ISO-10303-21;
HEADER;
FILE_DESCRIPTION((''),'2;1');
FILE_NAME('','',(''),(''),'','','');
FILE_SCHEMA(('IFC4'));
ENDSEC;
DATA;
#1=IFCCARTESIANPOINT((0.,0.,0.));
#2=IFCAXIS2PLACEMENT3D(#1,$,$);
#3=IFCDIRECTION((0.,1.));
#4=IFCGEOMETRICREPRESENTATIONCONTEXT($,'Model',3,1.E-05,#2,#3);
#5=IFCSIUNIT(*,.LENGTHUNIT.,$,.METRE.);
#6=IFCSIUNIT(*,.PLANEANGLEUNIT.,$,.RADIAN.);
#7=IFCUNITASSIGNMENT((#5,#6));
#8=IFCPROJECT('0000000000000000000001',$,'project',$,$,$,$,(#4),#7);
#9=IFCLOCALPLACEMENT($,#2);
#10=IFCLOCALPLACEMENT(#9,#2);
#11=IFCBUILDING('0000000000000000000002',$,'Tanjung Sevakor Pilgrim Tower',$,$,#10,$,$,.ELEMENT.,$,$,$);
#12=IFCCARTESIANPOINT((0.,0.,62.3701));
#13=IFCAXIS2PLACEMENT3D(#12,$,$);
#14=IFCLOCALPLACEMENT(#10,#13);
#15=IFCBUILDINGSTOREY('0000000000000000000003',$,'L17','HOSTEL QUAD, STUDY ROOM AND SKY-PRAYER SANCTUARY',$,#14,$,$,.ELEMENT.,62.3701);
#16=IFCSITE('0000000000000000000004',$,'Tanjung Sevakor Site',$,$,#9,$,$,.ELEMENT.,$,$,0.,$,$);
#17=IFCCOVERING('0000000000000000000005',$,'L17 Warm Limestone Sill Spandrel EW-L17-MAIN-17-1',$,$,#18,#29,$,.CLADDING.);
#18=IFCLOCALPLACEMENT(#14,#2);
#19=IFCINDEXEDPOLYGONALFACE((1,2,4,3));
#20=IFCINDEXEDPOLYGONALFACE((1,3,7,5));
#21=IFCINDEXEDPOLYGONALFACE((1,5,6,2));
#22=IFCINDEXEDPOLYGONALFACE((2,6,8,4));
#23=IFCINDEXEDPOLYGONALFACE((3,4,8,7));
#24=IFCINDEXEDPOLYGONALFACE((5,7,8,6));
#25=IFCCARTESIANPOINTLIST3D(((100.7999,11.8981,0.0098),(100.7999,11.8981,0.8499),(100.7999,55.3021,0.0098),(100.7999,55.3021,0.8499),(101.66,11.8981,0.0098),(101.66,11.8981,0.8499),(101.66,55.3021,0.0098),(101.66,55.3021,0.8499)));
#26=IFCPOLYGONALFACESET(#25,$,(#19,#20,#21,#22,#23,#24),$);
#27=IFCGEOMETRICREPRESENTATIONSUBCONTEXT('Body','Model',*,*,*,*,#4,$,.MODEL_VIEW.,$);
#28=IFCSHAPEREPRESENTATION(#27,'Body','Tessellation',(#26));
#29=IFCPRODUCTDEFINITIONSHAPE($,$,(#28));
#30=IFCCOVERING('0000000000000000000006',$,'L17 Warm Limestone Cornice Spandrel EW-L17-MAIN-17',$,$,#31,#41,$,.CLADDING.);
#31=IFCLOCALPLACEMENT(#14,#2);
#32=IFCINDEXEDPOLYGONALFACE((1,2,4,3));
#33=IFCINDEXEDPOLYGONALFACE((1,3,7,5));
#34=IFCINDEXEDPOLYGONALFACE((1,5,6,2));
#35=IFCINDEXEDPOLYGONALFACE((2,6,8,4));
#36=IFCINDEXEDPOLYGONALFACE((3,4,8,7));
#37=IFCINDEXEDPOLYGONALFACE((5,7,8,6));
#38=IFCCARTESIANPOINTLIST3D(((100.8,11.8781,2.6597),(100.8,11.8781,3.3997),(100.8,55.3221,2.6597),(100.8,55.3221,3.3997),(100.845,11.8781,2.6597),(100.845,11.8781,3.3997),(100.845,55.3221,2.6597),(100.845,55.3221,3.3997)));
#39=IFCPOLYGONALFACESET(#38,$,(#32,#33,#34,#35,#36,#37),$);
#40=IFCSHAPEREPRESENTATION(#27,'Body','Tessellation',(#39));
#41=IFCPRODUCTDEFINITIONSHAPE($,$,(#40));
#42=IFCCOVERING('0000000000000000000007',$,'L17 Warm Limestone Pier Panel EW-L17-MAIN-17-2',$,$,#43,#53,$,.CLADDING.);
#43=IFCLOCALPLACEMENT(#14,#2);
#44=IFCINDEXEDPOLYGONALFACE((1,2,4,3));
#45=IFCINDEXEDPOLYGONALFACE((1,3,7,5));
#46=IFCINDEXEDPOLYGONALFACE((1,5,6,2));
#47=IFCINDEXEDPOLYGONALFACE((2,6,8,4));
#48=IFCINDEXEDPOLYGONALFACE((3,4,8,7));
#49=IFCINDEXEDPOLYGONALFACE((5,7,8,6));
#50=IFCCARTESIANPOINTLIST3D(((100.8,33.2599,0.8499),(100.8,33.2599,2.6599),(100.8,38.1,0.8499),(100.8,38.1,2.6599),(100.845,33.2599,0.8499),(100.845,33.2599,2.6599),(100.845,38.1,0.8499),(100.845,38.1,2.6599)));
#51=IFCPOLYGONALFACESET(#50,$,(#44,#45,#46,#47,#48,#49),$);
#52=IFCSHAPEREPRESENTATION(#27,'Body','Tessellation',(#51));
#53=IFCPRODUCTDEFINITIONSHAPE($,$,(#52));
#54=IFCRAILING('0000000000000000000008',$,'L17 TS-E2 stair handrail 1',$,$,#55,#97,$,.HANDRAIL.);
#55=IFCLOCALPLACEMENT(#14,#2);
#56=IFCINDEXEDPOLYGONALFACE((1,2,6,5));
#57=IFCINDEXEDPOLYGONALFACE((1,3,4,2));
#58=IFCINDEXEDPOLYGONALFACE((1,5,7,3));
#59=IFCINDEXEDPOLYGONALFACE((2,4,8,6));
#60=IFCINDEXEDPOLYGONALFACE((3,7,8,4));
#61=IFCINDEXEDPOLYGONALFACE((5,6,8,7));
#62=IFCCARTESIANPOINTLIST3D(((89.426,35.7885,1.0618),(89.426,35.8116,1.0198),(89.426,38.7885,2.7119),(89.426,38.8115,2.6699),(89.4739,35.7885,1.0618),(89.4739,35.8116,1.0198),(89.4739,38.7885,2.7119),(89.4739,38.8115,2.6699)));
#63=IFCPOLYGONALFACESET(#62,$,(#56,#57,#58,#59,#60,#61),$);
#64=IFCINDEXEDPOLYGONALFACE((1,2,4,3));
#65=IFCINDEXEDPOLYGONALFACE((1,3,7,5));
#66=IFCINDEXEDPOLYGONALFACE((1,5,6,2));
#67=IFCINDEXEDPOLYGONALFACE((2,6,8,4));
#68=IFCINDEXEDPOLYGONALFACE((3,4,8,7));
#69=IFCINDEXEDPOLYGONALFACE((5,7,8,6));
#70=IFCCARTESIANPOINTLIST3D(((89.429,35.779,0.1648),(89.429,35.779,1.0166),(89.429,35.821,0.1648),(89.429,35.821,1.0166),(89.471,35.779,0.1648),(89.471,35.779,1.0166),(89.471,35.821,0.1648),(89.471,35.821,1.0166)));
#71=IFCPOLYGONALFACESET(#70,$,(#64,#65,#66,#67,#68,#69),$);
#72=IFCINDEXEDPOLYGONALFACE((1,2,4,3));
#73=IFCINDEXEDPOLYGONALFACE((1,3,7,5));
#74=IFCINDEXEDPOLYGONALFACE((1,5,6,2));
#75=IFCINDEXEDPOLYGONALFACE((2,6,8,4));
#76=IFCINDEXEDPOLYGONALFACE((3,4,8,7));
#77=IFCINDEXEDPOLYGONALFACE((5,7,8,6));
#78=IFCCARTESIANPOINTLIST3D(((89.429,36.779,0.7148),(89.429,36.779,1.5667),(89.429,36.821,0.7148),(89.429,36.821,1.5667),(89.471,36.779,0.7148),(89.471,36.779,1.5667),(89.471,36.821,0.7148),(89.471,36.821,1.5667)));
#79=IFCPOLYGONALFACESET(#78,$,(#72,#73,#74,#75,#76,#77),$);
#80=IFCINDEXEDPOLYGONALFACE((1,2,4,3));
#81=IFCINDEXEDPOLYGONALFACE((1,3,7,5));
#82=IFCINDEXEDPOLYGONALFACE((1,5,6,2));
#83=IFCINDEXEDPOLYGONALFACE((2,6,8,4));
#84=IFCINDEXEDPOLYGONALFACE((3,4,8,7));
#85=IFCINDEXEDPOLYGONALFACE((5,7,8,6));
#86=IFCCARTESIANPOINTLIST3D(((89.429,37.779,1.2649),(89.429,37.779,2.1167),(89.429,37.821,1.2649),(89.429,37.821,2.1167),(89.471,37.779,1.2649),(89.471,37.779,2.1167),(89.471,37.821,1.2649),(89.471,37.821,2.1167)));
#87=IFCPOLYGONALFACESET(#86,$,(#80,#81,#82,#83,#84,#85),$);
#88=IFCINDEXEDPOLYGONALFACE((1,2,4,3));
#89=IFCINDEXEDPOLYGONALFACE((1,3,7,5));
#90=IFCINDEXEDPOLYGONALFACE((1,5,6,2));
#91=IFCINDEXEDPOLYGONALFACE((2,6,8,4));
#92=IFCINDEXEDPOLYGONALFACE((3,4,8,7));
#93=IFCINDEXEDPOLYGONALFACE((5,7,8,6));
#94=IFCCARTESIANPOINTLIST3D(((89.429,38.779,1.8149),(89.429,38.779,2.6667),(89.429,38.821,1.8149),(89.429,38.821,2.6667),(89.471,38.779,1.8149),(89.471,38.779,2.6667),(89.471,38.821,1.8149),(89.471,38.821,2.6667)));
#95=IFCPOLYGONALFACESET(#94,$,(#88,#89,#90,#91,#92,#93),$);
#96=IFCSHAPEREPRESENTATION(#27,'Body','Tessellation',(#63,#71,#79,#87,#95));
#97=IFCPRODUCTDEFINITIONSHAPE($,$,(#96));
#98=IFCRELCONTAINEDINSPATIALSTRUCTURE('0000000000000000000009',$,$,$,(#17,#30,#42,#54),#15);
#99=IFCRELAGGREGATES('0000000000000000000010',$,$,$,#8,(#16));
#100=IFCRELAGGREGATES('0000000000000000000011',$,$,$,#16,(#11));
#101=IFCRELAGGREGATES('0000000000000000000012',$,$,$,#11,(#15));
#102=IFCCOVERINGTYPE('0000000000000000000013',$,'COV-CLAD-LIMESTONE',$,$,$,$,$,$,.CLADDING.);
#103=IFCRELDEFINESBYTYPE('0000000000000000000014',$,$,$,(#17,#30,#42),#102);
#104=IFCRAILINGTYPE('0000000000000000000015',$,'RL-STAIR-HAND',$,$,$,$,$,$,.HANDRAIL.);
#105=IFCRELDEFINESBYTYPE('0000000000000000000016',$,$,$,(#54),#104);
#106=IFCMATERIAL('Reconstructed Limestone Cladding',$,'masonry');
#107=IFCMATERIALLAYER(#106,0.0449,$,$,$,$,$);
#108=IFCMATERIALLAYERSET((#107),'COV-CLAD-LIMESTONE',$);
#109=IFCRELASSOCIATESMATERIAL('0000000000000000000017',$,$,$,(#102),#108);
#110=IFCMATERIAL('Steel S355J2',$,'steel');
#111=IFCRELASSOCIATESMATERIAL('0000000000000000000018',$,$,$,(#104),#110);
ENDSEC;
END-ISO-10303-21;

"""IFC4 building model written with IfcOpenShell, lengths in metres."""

from ifc_helpers import new_model, si_unit, direction, frame, origin, origin_2d, place, context, subcontext, project, spatial, rectangle, extrude, material, layer, layer_set, type_object, element, save


model = new_model("IFC4")

# Units and contexts
model_context = context("Model", 3, precision=1e-05, world=origin(), true_north=direction((0.0, 1.0)))
body_context = subcontext(model_context, "Body", "Model", "MODEL_VIEW")
ifc_project = project(units=[si_unit("LENGTHUNIT", "METRE"), si_unit("PLANEANGLEUNIT", "RADIAN")], contexts=[model_context])

# Site, building, storey
site_placement = place(None, origin())
site = spatial("IfcSite", under=ifc_project, at=site_placement, Name="Tanjung Sevakor Site", CompositionType="ELEMENT", RefElevation=0.0)
building_placement = place(site_placement, origin())
building = spatial("IfcBuilding", under=site, at=building_placement, Name="Tanjung Sevakor Pilgrim Tower", CompositionType="ELEMENT")
storey_placement = place(building_placement, frame((0.0, 0.0, 62.3701)))
storey = spatial("IfcBuildingStorey", under=building, at=storey_placement, Name="L17", Description="HOSTEL QUAD, STUDY ROOM AND SKY-PRAYER SANCTUARY", CompositionType="ELEMENT", Elevation=62.3701)

# Coverings
ifc_material_1 = material(Name="Reconstructed Limestone Cladding", Category="masonry")
ifc_layer_1 = layer(ifc_material_1, 0.0449)
ifc_layer_set_1 = layer_set([ifc_layer_1], Name="COV-CLAD-LIMESTONE")
covering_type = type_object("IfcCoveringType", Name="COV-CLAD-LIMESTONE", PredefinedType="CLADDING", material=ifc_layer_set_1)
covering_1_placement = place(storey_placement, frame((101.23, 33.6001, 0.0098), z_axis=(0.0, 0.0, 1.0), x_axis=(0.0, 1.0, 0.0)))
element("IfcCovering", 1, at=covering_1_placement, inside=storey, type_object=covering_type, Name="L17 Warm Limestone Sill Spandrel EW-L17-MAIN-17-1", PredefinedType="CLADDING", context=body_context, shape_type="SweptSolid", body=[
    extrude(rectangle(XDim=43.4041, YDim=0.8601, at=origin_2d()), origin(), (0.0, 0.0, 1.0), 0.8401),
])
covering_2_placement = place(storey_placement, frame((100.8225, 33.6001, 2.6597), z_axis=(0.0, 0.0, 1.0), x_axis=(0.0, 1.0, 0.0)))
element("IfcCovering", 2, at=covering_2_placement, inside=storey, type_object=covering_type, Name="L17 Warm Limestone Cornice Spandrel EW-L17-MAIN-17", PredefinedType="CLADDING", context=body_context, shape_type="SweptSolid", body=[
    extrude(rectangle(XDim=43.4441, YDim=0.0449, at=origin_2d()), origin(), (0.0, 0.0, 1.0), 0.74),
])
covering_3_placement = place(storey_placement, frame((100.8225, 35.6799, 0.8499), z_axis=(0.0, 0.0, 1.0), x_axis=(0.0, 1.0, 0.0)))
element("IfcCovering", 3, at=covering_3_placement, inside=storey, type_object=covering_type, Name="L17 Warm Limestone Pier Panel EW-L17-MAIN-17-2", PredefinedType="CLADDING", context=body_context, shape_type="SweptSolid", body=[
    extrude(rectangle(XDim=4.8401, YDim=0.0449, at=origin_2d()), origin(), (0.0, 0.0, 1.0), 1.8101),
])

# Railing
ifc_material_2 = material(Name="Steel S355J2", Category="steel")
railing_type = type_object("IfcRailingType", Name="RL-STAIR-HAND", PredefinedType="HANDRAIL", material=ifc_material_2)
railing_placement = place(storey_placement, frame((89.45, 35.8, 0.1648)))
element("IfcRailing", 4, at=railing_placement, inside=storey, type_object=railing_type, Name="L17 TS-E2 stair handrail 1", PredefinedType="HANDRAIL", context=body_context, shape_type="SweptSolid", body=[
    extrude(rectangle(XDim=0.0479, YDim=0.0479), frame((0.0, 0.0, 0.876), z_axis=(0.0, 0.876198, 0.481952), x_axis=(-1.0, 0.0, 0.0)), (0.0, 0.0, 1.0), 3.4238),
    extrude(rectangle(XDim=0.042, YDim=0.042), origin(), (0.0, 0.0, 1.0), 0.8518),
    extrude(rectangle(XDim=0.042, YDim=0.042), frame((0.0, 1.0, 0.55)), (0.0, 0.0, 1.0), 0.8518),
    extrude(rectangle(XDim=0.042, YDim=0.042), frame((0.0, 2.0, 1.1001)), (0.0, 0.0, 1.0), 0.8518),
    extrude(rectangle(XDim=0.042, YDim=0.042), frame((0.0, 3.0, 1.6501)), (0.0, 0.0, 1.0), 0.8518),
])

save(model, "model.ifc")
